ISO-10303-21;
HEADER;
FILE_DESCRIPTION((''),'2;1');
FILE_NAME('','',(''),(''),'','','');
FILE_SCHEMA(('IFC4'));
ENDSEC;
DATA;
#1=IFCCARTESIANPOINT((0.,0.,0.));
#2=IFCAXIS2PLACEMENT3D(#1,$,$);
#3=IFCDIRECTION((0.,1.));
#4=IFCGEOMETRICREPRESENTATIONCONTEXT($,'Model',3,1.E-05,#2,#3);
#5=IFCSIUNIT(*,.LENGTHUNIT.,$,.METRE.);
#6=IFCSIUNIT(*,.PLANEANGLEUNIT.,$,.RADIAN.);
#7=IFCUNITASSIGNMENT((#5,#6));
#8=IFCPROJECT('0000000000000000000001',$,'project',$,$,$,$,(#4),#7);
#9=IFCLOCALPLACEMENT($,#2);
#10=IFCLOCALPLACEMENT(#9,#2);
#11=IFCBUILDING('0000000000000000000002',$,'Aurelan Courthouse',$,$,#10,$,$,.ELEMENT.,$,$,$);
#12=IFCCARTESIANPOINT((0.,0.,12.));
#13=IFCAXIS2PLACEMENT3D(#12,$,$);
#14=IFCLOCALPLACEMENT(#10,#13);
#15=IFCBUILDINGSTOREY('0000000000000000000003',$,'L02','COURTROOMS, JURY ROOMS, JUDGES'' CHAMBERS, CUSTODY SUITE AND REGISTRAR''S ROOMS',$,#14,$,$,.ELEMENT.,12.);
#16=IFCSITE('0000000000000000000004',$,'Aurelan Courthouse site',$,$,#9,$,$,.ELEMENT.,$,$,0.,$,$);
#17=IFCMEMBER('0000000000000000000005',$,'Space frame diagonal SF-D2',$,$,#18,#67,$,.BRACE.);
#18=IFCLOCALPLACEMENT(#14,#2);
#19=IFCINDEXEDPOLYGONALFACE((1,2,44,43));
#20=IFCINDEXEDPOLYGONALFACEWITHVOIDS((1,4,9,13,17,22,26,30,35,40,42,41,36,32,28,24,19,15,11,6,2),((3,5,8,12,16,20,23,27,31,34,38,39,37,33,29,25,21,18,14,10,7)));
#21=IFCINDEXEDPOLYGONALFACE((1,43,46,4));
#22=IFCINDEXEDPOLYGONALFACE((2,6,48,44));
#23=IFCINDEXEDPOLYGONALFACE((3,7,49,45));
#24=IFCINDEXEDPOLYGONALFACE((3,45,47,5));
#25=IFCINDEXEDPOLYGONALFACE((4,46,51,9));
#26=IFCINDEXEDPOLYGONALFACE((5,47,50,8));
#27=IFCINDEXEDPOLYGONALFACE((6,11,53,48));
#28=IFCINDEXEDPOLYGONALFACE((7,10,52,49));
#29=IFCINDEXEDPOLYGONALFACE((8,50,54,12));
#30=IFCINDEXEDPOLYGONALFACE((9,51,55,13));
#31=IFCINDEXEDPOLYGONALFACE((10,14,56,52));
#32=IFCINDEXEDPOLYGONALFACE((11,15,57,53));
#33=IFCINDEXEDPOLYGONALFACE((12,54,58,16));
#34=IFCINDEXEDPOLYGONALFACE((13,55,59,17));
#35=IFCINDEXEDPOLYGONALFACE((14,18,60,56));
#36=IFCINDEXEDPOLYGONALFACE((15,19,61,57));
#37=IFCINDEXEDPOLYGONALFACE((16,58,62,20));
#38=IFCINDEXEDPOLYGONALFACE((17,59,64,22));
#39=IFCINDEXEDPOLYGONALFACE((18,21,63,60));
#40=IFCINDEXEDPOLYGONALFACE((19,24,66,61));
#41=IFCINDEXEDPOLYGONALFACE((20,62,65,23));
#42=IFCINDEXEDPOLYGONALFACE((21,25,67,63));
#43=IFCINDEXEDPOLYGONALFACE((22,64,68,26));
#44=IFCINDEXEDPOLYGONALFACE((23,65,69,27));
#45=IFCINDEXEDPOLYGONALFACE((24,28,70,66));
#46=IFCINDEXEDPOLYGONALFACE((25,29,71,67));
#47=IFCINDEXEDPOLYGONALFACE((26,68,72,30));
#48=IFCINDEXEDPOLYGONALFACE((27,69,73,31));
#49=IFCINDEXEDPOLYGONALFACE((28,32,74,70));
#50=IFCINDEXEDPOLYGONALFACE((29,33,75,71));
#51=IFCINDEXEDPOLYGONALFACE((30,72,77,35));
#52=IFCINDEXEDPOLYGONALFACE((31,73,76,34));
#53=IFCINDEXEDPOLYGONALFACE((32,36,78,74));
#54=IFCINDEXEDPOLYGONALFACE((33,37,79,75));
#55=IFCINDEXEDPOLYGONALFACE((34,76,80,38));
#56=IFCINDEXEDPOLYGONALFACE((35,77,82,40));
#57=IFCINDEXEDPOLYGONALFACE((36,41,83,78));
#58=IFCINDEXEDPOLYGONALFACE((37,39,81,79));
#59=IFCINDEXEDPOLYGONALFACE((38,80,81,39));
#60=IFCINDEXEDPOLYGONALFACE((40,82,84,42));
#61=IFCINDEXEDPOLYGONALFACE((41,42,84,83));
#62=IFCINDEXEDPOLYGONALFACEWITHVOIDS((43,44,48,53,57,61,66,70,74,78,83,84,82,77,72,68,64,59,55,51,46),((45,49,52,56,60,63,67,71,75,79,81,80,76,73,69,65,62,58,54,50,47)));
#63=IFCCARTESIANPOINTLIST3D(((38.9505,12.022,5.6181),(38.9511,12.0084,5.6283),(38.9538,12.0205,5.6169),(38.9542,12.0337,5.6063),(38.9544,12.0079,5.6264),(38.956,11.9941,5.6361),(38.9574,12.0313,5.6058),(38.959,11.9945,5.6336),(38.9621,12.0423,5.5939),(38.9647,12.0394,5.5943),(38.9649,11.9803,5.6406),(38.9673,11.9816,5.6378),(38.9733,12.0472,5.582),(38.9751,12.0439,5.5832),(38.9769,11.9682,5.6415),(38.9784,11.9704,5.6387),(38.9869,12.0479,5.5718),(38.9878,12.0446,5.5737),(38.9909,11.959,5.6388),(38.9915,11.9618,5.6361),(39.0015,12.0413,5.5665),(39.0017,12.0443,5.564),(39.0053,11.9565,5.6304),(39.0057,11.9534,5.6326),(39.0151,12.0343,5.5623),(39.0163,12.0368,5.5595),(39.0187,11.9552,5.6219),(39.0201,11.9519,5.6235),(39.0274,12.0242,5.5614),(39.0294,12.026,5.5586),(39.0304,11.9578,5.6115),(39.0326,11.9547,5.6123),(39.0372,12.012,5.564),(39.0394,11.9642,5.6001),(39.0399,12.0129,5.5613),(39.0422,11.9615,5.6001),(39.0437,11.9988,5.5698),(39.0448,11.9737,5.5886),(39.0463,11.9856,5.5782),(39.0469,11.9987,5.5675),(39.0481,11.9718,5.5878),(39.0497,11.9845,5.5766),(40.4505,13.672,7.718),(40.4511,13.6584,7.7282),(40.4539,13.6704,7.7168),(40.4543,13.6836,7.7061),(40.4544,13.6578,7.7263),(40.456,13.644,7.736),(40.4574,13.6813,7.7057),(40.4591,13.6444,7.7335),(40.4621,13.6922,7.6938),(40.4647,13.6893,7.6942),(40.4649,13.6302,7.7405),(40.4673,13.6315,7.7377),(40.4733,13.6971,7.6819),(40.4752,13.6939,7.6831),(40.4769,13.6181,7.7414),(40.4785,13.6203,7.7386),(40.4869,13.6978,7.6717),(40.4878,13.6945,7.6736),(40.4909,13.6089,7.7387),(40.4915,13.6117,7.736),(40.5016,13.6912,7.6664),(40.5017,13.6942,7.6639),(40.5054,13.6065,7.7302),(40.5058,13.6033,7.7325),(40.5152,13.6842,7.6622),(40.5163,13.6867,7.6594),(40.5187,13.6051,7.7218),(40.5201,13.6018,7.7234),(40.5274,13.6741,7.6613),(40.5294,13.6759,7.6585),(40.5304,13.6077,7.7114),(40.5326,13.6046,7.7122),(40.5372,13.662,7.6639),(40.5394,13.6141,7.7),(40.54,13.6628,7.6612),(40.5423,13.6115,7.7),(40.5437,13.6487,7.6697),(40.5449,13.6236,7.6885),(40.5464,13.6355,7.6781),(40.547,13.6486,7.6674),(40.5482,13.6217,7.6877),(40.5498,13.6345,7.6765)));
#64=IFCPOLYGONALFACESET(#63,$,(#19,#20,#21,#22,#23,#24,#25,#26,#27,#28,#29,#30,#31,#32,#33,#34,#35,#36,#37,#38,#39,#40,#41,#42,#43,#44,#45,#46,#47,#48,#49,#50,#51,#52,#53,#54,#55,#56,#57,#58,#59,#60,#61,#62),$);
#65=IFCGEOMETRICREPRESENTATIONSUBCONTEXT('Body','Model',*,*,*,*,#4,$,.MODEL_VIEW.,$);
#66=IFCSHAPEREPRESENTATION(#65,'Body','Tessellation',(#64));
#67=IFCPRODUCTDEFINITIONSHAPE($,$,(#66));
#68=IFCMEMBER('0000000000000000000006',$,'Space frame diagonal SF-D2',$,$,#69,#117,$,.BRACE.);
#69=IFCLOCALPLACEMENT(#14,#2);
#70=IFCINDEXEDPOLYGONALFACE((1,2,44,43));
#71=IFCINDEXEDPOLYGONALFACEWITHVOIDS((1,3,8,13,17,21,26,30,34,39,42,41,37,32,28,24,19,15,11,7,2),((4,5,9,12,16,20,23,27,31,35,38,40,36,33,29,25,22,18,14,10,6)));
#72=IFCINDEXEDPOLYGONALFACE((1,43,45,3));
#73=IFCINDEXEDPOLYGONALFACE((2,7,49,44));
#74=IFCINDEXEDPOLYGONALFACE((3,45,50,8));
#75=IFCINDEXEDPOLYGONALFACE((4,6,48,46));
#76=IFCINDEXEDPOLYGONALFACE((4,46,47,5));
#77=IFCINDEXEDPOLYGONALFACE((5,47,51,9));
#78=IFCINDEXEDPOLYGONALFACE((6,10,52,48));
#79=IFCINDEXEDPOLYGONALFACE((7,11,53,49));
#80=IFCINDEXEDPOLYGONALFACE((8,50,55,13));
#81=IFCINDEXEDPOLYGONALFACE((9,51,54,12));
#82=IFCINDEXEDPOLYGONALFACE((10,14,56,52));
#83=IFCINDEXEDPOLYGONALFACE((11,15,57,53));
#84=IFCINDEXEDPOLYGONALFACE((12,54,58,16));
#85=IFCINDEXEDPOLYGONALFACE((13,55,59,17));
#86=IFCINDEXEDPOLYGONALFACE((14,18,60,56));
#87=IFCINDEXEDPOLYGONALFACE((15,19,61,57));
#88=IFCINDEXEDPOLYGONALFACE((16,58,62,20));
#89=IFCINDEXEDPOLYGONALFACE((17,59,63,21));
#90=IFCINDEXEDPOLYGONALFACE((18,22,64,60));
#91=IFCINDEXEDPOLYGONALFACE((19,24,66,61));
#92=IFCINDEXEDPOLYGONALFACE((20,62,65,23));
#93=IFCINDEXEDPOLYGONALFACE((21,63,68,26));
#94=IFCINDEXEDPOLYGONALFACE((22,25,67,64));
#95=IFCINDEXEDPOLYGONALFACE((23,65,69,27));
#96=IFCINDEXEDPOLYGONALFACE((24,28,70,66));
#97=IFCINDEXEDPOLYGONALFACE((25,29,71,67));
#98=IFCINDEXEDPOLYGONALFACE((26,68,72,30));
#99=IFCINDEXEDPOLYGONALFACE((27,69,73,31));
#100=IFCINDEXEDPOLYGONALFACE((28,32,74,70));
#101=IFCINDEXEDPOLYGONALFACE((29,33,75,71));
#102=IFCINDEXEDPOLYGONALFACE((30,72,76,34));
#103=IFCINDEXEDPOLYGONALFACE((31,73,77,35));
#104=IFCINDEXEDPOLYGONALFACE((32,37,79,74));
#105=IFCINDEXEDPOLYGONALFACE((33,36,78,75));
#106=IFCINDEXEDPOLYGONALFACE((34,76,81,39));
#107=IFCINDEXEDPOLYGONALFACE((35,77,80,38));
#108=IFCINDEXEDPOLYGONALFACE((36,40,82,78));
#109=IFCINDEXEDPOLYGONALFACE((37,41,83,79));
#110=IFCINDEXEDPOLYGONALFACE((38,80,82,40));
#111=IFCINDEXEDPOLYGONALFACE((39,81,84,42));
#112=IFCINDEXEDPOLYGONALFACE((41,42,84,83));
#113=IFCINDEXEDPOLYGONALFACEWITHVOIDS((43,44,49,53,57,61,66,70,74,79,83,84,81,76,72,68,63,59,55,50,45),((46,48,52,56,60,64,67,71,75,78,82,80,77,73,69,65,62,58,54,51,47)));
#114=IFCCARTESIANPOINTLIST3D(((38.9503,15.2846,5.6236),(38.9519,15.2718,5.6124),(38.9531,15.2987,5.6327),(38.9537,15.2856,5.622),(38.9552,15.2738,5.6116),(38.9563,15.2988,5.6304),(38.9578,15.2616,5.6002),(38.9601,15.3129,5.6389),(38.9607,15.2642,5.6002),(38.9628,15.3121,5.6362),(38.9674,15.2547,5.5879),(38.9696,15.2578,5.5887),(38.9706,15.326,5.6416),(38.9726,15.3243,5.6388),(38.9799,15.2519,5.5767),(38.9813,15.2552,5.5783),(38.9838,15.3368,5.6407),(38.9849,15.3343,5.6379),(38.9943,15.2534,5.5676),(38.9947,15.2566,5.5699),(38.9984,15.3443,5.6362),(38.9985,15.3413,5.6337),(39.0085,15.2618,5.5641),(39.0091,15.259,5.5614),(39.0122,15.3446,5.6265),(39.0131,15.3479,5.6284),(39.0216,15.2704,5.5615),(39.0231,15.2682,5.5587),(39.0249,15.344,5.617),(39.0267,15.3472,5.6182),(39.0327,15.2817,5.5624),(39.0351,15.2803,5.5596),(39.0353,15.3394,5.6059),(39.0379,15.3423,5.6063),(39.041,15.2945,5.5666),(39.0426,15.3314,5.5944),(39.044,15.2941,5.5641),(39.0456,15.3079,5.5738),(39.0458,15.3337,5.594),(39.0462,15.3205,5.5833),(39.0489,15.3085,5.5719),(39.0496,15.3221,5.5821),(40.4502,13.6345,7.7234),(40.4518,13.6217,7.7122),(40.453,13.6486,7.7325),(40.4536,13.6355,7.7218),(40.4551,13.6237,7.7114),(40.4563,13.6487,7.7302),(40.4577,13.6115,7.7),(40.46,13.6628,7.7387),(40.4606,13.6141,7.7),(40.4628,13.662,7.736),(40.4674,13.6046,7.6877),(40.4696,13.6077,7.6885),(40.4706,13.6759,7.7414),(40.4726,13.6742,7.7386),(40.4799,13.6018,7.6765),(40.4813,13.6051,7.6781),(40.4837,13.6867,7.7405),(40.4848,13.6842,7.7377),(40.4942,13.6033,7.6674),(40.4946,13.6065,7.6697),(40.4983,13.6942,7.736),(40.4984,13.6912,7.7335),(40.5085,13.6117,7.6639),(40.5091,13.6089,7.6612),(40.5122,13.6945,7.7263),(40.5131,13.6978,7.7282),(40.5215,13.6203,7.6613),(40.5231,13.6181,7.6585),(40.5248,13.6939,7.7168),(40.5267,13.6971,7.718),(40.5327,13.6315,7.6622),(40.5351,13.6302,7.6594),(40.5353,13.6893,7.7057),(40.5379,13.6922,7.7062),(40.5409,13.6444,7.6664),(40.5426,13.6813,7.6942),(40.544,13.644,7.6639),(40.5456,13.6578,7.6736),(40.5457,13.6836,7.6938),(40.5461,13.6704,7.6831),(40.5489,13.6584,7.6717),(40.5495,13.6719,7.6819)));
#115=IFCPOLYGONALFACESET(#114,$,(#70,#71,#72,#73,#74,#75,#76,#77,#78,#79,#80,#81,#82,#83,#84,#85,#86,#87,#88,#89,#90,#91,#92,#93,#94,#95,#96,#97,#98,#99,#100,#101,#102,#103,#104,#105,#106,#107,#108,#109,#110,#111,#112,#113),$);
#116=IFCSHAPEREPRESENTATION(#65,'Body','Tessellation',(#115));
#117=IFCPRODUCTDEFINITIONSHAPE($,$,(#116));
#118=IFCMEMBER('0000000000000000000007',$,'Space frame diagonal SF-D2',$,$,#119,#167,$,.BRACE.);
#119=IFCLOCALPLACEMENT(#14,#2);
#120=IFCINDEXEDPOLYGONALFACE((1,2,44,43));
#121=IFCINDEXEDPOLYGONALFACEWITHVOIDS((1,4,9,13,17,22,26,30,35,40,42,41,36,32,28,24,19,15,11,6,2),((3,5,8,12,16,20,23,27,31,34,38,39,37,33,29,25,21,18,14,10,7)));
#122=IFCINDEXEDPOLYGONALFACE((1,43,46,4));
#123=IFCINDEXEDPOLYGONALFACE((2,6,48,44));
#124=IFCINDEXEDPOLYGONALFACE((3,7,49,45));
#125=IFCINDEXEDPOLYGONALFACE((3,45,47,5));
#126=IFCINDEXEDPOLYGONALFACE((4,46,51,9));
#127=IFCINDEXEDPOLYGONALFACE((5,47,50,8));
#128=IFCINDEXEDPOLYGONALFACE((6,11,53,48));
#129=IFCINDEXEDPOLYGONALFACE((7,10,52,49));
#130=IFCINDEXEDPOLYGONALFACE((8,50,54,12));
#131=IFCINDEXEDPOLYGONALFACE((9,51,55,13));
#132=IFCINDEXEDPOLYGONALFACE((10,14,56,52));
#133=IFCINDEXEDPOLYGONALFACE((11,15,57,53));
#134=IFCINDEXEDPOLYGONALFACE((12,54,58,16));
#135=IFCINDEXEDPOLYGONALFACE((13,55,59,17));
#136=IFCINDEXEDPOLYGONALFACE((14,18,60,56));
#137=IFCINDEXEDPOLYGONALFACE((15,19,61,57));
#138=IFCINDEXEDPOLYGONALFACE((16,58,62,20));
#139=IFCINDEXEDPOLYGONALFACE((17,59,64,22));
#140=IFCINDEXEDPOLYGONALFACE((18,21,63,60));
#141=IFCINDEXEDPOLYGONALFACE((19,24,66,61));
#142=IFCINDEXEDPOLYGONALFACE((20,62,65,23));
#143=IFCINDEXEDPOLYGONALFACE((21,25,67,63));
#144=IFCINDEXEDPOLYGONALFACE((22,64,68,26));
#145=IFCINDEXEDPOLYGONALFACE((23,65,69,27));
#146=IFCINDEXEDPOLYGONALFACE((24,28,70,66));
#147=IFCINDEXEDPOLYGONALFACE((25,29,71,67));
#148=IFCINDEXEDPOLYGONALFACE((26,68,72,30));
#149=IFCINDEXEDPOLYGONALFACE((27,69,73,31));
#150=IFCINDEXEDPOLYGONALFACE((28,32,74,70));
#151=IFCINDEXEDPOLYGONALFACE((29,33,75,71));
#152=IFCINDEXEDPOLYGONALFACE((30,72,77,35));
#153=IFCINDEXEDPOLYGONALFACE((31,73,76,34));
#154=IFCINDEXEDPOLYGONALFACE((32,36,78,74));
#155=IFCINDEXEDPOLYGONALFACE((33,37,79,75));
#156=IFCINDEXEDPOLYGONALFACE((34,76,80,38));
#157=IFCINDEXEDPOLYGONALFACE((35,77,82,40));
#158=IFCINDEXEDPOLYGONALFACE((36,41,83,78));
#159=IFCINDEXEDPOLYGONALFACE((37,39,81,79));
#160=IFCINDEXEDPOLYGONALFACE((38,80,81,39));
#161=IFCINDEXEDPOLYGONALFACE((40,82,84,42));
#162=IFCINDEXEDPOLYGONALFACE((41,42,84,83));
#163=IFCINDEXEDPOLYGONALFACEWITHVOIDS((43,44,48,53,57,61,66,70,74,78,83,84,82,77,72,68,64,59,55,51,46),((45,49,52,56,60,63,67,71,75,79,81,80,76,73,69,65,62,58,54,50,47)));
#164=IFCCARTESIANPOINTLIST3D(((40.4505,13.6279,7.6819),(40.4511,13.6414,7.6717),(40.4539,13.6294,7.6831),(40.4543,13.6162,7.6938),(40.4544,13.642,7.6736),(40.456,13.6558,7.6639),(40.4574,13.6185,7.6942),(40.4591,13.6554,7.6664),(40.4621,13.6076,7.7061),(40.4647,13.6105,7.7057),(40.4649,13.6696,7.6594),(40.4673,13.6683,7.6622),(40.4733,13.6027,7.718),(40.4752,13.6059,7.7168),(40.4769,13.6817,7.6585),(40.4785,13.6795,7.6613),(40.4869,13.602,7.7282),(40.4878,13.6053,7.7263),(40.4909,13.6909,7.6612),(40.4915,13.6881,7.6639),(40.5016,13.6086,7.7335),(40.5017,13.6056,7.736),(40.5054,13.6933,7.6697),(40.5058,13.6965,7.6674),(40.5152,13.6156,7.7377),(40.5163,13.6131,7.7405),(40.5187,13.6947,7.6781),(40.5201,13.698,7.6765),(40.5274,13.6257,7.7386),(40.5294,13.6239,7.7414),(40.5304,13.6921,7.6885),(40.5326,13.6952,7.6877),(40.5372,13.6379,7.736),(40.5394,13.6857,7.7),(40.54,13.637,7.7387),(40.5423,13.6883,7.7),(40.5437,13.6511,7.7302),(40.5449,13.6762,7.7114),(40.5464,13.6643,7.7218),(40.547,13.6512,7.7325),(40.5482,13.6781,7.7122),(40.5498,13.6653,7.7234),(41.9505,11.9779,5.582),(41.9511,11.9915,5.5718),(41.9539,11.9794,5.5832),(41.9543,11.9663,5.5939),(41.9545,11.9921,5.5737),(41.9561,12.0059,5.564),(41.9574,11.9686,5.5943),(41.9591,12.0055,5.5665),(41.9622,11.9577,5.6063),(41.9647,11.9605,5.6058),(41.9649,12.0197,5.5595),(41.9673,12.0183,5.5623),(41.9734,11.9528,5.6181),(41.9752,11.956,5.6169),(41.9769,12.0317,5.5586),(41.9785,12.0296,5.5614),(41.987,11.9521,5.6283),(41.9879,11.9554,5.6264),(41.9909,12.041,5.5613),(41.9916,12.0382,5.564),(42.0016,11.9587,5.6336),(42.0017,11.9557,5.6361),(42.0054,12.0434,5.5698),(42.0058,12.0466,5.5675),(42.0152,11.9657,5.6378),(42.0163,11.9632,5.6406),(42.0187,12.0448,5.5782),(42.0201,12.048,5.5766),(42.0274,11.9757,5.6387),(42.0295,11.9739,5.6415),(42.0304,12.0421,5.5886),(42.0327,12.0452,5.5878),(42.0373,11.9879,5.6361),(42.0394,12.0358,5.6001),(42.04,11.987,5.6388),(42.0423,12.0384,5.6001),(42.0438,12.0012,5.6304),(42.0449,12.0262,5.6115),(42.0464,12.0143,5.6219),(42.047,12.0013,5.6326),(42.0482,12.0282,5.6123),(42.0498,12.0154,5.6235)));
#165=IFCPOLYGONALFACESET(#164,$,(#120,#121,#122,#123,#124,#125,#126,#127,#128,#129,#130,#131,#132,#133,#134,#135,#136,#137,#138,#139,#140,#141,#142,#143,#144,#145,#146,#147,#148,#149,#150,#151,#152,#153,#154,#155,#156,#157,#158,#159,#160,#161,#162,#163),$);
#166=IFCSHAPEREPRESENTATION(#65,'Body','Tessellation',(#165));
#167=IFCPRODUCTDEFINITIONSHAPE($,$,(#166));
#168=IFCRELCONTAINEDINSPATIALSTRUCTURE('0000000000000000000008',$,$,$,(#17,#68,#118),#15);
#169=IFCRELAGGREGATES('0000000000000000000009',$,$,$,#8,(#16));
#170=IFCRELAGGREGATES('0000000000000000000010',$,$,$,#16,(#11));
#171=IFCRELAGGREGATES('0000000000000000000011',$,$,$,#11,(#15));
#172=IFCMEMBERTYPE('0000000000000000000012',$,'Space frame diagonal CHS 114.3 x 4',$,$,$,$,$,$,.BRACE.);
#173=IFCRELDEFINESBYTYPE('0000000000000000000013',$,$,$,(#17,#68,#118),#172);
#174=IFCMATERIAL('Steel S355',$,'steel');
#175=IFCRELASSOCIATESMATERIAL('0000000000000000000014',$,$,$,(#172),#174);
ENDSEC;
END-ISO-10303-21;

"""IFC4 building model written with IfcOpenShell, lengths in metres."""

from ifc_helpers import new_model, si_unit, direction, frame, origin, origin_2d, place, context, subcontext, project, spatial, hollow_circle, extrude, material, material_profile, profile_set, type_object, element, save


model = new_model("IFC4")

# Units and contexts
model_context = context("Model", 3, precision=1e-05, world=origin(), true_north=direction((0.0, 1.0)))
body_context = subcontext(model_context, "Body", "Model", "MODEL_VIEW")
ifc_project = project(units=[si_unit("LENGTHUNIT", "METRE"), si_unit("PLANEANGLEUNIT", "RADIAN")], contexts=[model_context])

# Site, building, storey
site_placement = place(None, origin())
site = spatial("IfcSite", under=ifc_project, at=site_placement, Name="Aurelan Courthouse site", CompositionType="ELEMENT", RefElevation=0.0)
building_placement = place(site_placement, origin())
building = spatial("IfcBuilding", under=site, at=building_placement, Name="Aurelan Courthouse", CompositionType="ELEMENT")
storey_placement = place(building_placement, frame((0.0, 0.0, 12.0)))
storey = spatial("IfcBuildingStorey", under=building, at=storey_placement, Name="L02", Description="COURTROOMS, JURY ROOMS, JUDGES' CHAMBERS, CUSTODY SUITE AND REGISTRAR'S ROOMS", CompositionType="ELEMENT", Elevation=12.0)

# Members
ifc_material_1 = material(Name="Steel S355", Category="steel")
ifc_material_profile_1 = material_profile(ifc_material_1, hollow_circle(Radius=0.0571, WallThickness=0.0039, at=origin_2d()), Name="CHS 114.3 x 4")
ifc_profile_set_1 = profile_set([ifc_material_profile_1], Name="Steel S355")
member_type_1 = type_object("IfcMemberType", Name="Space frame diagonal CHS 114.3 x 4", PredefinedType="BRACE", material=ifc_profile_set_1)
for number, where, z_axis, x_axis, name in (
    (1, (40.5, 13.6499, 7.7), (-0.489727, -0.538667, -0.685569), (0.73992, -0.672695, 0.0), "Space frame diagonal SF-D2"),
    (2, (40.5, 13.6499, 7.7), (-0.489706, 0.538724, -0.68554), (-0.73997, -0.67264, 0.0), "Space frame diagonal SF-D2"),
    (3, (40.5, 13.6499, 7.7), (0.489727, -0.538667, -0.685569), (0.73992, 0.672695, 0.0), "Space frame diagonal SF-D2"),
):
    element("IfcMember", number, at=place(storey_placement, frame(where, z_axis=z_axis, x_axis=x_axis)), inside=storey, type_object=member_type_1, Name=name, PredefinedType="BRACE", context=body_context, shape_type="SweptSolid", body=[
        extrude(hollow_circle(Radius=0.0571, WallThickness=0.0039, at=origin_2d()), origin(), (0.0, 0.0, 1.0), 3.063),
    ])

save(model, "model.ifc")
